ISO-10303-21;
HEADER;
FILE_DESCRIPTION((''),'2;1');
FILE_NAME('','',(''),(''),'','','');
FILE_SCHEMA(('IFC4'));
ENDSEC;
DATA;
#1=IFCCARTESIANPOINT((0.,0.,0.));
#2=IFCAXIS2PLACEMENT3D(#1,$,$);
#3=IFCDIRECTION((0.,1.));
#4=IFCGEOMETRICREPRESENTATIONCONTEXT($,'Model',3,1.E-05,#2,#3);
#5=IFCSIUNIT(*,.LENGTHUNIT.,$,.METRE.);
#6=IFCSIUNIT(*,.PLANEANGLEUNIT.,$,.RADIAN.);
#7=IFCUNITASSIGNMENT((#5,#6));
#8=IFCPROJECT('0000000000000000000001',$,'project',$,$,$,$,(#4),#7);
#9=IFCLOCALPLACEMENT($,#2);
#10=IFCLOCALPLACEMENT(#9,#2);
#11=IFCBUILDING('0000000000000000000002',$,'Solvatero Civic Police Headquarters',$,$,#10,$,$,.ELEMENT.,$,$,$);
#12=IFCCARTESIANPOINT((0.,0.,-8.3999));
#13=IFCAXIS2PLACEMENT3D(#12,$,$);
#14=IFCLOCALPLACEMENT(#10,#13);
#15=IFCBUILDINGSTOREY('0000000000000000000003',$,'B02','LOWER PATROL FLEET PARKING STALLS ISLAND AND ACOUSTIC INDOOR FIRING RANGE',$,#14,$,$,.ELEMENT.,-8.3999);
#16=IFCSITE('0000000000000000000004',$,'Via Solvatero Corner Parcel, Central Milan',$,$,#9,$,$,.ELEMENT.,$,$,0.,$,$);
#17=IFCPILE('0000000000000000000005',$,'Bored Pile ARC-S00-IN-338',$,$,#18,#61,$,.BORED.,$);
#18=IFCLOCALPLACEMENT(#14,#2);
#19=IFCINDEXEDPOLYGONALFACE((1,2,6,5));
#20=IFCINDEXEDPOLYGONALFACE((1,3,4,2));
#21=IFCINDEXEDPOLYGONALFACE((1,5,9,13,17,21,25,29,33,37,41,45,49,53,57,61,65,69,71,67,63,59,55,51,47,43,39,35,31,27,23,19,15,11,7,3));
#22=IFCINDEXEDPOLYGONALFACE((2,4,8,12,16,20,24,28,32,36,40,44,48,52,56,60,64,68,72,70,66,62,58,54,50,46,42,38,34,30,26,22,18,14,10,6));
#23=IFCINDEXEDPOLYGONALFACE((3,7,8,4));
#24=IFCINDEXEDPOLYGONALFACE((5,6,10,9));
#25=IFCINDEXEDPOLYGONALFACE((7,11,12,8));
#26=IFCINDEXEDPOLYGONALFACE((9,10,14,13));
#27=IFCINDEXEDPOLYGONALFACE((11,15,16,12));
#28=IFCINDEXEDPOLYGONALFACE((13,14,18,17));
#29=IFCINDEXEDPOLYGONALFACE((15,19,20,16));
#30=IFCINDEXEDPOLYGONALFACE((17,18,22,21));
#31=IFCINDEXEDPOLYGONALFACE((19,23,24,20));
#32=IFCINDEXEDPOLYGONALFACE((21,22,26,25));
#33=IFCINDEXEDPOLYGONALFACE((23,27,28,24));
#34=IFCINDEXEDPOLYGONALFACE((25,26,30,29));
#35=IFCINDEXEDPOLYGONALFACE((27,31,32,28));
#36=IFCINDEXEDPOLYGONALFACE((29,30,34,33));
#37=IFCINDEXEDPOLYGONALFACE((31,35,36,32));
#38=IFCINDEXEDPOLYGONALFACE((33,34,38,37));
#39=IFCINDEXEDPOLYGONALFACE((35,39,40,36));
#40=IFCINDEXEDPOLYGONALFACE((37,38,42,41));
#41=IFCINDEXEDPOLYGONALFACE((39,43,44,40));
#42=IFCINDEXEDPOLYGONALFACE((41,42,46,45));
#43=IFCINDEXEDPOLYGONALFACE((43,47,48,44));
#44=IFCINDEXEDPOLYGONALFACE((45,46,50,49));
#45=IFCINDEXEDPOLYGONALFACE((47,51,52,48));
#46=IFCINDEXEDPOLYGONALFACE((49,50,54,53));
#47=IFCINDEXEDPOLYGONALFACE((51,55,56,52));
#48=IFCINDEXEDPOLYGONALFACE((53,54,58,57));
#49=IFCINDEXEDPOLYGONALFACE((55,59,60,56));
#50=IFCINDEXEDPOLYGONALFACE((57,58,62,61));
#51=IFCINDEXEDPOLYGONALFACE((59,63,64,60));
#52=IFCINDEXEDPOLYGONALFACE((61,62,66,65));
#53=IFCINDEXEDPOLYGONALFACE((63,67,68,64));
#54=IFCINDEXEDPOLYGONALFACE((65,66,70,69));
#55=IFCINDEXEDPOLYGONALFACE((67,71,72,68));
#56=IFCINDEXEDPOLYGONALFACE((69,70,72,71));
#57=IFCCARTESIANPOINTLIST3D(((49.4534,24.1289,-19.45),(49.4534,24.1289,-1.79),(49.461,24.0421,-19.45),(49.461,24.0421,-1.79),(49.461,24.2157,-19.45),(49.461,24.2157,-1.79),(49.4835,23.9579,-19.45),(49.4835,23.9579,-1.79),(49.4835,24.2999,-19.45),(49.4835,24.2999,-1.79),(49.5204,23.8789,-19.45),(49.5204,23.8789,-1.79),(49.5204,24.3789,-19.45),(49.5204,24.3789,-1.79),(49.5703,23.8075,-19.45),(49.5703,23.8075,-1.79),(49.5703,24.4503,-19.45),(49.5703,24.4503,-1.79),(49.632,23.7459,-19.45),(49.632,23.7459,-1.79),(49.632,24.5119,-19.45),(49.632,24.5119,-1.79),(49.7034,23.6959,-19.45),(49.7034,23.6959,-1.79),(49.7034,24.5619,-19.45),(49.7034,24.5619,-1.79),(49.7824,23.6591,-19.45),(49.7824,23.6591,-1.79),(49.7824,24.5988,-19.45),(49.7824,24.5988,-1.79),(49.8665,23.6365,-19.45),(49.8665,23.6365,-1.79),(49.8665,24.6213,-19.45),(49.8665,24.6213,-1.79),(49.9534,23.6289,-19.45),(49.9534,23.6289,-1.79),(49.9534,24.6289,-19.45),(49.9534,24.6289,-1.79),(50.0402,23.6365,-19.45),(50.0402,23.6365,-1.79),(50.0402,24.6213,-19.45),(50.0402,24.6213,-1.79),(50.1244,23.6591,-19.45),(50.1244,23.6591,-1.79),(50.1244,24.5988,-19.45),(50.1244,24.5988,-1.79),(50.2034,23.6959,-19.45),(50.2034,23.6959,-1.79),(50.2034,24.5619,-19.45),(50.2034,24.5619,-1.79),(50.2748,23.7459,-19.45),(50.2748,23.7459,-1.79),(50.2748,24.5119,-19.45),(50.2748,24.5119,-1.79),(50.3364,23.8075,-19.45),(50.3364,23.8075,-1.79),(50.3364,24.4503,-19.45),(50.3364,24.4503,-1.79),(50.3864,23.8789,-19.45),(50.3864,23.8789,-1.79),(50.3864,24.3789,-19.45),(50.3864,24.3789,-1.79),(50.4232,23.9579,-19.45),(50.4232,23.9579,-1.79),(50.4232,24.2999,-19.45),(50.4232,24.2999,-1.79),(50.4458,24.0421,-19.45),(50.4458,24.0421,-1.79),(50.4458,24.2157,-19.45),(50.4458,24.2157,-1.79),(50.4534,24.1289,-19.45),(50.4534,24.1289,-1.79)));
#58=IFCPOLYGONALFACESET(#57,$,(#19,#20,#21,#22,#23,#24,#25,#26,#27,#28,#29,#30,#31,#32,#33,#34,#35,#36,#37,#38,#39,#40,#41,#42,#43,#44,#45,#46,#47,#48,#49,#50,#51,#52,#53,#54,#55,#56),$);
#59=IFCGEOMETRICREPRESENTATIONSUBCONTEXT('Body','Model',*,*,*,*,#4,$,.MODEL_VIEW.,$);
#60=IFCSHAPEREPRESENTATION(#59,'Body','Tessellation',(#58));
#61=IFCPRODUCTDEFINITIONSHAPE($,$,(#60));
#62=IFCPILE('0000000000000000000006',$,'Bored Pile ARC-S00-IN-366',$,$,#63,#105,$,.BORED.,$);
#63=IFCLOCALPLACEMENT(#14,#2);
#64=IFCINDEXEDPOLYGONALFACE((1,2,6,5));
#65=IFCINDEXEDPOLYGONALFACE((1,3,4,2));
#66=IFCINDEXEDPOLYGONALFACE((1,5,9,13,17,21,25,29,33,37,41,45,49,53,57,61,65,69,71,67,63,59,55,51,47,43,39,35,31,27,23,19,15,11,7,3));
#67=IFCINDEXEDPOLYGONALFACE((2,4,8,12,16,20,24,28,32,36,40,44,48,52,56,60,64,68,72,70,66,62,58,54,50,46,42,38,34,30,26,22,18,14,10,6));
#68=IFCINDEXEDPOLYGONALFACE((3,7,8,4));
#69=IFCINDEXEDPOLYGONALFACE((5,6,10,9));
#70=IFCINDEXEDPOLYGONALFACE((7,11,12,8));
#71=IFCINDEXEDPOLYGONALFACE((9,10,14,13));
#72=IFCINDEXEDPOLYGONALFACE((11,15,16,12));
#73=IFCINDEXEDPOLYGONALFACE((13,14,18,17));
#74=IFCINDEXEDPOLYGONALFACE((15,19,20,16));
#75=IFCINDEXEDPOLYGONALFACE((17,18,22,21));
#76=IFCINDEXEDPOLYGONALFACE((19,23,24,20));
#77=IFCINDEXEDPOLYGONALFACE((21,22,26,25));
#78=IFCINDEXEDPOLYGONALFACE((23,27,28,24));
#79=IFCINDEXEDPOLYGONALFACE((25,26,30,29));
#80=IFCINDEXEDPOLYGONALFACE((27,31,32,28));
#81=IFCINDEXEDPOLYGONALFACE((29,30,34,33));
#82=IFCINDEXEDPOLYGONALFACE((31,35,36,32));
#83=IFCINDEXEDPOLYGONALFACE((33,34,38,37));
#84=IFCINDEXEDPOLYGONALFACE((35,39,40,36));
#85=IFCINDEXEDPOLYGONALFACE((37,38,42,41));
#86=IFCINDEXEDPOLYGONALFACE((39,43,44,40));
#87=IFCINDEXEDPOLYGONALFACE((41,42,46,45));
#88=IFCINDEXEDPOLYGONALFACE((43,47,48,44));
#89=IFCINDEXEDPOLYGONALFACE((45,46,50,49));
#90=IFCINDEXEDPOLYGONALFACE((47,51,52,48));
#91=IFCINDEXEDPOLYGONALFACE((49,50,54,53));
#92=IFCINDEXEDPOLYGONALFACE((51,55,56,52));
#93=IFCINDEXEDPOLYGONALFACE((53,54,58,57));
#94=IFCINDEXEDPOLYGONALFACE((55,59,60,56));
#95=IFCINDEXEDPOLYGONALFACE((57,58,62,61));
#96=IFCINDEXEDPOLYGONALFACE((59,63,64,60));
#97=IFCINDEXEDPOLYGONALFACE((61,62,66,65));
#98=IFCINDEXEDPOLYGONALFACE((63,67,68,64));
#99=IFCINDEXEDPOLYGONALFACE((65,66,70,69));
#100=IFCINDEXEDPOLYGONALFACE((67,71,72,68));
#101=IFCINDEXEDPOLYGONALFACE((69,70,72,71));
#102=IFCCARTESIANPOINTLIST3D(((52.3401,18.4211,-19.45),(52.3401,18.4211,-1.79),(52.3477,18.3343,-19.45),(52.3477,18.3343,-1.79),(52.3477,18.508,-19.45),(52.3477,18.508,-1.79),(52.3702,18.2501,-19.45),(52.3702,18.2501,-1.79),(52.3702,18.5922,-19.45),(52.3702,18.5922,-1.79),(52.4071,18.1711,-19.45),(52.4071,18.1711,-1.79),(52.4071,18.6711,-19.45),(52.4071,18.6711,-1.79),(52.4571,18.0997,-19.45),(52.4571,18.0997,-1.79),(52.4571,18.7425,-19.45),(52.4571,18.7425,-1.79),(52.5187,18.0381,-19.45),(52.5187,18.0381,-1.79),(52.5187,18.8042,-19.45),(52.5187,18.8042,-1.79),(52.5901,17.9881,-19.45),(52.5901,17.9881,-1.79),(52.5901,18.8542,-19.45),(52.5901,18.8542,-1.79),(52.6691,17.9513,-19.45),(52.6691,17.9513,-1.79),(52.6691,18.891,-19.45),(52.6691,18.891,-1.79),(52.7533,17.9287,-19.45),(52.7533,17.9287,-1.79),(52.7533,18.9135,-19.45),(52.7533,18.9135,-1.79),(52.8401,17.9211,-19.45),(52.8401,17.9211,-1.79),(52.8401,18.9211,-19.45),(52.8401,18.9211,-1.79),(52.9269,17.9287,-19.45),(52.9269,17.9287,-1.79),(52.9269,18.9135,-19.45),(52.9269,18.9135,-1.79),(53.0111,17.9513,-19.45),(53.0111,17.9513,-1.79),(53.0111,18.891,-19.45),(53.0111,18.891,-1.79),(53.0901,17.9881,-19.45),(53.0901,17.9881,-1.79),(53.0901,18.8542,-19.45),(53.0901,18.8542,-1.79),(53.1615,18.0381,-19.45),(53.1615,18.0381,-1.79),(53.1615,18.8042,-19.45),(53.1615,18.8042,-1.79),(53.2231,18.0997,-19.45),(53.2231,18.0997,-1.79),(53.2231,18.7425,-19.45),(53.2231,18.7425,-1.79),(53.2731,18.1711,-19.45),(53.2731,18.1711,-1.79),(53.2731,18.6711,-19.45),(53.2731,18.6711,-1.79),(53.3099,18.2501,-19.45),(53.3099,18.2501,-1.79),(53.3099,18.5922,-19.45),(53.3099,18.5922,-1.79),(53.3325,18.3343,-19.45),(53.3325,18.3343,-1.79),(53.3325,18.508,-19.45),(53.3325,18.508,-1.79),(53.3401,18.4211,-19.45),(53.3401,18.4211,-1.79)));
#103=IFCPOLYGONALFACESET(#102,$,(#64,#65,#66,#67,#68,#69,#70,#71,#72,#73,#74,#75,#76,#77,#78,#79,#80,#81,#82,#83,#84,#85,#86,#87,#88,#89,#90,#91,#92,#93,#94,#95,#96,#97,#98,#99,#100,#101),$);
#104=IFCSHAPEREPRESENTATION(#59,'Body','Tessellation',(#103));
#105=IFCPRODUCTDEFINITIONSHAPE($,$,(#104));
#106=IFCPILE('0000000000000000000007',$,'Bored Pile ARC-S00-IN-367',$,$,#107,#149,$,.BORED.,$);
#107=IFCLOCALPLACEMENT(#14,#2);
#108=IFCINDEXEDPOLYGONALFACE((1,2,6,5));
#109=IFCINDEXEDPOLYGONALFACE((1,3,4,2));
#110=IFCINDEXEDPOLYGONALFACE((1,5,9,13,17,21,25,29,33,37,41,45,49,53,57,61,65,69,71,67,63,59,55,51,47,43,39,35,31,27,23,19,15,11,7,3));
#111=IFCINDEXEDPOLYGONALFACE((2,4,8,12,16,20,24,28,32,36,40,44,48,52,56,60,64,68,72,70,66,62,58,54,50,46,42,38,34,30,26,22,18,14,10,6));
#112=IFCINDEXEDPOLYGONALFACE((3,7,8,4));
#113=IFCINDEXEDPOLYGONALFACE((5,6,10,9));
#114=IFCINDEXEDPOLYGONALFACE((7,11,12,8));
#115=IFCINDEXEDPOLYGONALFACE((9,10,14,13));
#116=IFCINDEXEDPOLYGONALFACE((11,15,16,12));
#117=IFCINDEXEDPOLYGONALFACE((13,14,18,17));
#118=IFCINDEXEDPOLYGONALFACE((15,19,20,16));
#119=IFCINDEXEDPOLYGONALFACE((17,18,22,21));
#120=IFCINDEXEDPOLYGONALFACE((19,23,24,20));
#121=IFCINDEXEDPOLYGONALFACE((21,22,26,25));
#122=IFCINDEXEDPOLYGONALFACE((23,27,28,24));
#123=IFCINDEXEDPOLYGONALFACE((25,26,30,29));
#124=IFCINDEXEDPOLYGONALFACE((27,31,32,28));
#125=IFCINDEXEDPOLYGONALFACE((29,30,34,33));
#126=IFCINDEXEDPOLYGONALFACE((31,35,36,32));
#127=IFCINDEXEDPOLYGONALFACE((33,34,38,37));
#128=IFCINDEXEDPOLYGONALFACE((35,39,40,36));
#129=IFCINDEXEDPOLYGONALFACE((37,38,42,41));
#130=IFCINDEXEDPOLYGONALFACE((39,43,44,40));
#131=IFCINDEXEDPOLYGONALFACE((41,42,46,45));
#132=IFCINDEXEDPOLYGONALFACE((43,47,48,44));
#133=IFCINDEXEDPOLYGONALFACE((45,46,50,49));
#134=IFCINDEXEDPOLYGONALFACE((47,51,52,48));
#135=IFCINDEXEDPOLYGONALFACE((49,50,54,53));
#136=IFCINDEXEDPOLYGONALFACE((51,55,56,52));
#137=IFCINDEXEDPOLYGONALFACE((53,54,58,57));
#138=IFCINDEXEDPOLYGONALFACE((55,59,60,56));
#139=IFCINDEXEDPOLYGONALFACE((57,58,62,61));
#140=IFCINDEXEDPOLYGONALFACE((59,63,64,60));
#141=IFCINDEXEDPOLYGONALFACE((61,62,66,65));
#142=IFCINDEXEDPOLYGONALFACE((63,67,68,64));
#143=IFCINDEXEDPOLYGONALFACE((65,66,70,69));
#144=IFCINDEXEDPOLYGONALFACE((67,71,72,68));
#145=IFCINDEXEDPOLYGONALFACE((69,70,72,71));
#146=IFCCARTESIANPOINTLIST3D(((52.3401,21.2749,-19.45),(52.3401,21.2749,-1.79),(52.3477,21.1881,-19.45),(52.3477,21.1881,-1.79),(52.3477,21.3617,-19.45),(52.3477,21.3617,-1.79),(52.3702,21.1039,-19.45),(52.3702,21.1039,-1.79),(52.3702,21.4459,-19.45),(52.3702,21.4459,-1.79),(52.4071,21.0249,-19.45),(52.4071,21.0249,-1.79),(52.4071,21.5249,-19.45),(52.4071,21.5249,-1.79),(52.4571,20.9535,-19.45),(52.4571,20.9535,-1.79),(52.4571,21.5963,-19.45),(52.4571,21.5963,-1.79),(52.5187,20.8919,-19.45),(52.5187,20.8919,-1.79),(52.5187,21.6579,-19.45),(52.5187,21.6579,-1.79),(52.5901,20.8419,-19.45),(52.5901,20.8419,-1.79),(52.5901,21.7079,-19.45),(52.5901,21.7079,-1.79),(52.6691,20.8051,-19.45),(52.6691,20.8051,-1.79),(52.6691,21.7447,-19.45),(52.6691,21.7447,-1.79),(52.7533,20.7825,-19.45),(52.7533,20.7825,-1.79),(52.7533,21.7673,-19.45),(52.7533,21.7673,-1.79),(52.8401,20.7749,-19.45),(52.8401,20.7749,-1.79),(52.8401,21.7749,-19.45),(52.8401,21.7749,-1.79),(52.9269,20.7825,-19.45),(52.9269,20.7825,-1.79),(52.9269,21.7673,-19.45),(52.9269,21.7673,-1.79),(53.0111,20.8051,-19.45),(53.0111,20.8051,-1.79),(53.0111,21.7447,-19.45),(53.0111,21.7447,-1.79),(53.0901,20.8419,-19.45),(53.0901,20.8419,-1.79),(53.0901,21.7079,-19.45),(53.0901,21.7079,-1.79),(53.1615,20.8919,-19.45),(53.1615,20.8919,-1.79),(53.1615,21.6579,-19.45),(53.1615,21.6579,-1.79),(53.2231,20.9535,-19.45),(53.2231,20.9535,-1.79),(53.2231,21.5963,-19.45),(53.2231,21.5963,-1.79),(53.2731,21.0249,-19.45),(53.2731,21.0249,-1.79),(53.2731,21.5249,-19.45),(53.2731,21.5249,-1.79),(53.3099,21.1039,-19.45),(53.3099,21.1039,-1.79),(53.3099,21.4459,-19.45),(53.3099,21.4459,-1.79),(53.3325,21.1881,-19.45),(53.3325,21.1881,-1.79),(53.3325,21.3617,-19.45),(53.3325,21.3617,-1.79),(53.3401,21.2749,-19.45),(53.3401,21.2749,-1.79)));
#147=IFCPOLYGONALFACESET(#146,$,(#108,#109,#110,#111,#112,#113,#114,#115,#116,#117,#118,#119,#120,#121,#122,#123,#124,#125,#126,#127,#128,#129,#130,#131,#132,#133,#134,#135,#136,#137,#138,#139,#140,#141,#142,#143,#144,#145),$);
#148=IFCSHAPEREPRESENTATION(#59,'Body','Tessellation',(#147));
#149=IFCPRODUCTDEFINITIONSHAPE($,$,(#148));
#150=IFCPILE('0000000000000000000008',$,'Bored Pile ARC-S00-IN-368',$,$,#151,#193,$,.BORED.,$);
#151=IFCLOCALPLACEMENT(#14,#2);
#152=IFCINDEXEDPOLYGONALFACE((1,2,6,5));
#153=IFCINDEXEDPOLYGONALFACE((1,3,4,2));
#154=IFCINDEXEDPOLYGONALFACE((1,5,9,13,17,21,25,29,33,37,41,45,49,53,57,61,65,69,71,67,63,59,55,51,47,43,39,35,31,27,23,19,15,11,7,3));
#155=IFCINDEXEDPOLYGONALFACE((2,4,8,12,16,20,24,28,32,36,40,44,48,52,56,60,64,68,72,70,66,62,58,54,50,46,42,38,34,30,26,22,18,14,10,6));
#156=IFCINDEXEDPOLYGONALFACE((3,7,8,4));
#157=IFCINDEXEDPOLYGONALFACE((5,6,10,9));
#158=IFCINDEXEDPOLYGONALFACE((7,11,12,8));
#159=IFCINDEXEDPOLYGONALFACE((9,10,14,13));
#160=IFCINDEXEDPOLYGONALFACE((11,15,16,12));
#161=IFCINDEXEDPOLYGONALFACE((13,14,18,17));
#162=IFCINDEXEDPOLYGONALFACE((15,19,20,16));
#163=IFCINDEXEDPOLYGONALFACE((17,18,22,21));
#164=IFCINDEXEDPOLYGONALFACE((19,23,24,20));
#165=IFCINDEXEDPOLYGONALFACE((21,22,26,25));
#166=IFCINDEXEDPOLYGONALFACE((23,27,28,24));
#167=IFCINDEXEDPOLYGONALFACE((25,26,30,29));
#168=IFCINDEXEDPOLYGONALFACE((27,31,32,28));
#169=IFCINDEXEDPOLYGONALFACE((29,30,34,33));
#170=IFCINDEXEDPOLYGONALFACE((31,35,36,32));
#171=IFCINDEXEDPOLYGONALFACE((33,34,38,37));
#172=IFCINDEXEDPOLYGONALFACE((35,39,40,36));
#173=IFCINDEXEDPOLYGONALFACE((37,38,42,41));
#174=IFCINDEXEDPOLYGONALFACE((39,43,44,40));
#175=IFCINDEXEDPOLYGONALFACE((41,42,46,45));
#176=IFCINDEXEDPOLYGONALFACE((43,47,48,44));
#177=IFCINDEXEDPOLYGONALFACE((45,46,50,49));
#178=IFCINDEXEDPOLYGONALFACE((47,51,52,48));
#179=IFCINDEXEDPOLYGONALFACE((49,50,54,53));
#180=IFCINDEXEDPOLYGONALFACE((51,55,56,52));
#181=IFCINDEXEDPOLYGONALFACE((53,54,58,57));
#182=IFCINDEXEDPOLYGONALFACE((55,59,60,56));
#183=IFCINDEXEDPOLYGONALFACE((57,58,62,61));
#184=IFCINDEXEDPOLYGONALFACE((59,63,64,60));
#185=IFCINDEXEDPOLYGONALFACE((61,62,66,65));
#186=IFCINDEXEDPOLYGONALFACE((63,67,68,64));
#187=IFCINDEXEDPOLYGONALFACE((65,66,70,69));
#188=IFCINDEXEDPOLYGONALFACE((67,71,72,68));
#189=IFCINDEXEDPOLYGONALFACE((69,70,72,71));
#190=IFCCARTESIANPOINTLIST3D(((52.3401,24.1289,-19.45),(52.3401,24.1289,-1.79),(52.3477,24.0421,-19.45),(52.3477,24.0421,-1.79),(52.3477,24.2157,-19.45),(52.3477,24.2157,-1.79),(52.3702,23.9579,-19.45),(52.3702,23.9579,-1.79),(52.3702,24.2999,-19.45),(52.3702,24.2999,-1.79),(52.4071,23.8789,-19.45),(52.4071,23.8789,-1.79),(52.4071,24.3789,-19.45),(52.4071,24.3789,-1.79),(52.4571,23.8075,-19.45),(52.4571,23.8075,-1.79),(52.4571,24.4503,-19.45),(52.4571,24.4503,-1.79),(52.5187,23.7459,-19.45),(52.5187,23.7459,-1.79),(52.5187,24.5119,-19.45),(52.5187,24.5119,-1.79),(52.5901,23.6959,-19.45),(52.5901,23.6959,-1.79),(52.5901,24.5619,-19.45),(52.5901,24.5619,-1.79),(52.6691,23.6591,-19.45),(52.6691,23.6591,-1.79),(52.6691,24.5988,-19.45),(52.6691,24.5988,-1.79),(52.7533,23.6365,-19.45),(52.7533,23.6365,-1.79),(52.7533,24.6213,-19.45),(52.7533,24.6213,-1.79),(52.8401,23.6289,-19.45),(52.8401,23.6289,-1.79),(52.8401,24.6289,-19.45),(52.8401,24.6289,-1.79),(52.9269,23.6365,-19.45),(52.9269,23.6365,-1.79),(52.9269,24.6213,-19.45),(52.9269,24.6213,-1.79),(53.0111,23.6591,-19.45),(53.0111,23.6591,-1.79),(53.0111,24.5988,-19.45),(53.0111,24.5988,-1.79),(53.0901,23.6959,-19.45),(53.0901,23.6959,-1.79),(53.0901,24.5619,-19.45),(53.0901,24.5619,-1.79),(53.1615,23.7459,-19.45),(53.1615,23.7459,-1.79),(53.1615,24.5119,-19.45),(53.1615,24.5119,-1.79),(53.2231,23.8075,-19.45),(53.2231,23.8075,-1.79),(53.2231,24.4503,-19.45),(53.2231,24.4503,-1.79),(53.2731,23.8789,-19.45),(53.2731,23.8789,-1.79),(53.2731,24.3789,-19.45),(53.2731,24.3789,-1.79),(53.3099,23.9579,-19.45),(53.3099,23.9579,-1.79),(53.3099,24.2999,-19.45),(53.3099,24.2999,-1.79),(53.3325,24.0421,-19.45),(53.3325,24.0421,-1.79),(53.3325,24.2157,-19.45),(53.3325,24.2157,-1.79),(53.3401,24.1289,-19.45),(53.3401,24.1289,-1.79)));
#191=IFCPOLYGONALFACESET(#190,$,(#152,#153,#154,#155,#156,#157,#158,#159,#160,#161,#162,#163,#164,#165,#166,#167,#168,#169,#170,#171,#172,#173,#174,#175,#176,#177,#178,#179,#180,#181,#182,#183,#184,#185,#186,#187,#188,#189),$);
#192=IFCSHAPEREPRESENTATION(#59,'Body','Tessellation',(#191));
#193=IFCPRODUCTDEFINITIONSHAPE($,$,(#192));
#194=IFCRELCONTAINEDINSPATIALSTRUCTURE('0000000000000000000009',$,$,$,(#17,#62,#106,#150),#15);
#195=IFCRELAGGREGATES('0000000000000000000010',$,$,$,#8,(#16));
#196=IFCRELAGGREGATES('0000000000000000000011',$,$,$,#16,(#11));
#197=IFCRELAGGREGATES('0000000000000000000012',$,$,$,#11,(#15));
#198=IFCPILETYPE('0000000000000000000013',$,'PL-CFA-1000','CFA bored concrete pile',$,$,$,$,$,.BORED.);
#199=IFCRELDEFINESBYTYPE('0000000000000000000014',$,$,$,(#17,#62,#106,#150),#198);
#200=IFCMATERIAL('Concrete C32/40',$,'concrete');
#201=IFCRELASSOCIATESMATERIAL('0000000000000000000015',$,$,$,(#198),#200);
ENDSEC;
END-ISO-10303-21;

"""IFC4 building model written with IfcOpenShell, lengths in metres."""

from ifc_helpers import new_model, si_unit, direction, frame, origin, origin_2d, place, context, subcontext, project, spatial, circle, extrude, material, material_profile, profile_set, type_object, element, save


model = new_model("IFC4")

# Units and contexts
model_context = context("Model", 3, precision=1e-05, world=origin(), true_north=direction((0.0, 1.0)))
body_context = subcontext(model_context, "Body", "Model", "MODEL_VIEW")
ifc_project = project(units=[si_unit("LENGTHUNIT", "METRE"), si_unit("PLANEANGLEUNIT", "RADIAN")], contexts=[model_context])

# Site, building, storey
site_placement = place(None, origin())
site = spatial("IfcSite", under=ifc_project, at=site_placement, Name="Via Solvatero Corner Parcel, Central Milan", CompositionType="ELEMENT", RefElevation=0.0)
building_placement = place(site_placement, origin())
building = spatial("IfcBuilding", under=site, at=building_placement, Name="Solvatero Civic Police Headquarters", CompositionType="ELEMENT")
storey_placement = place(building_placement, frame((0.0, 0.0, -8.3999)))
storey = spatial("IfcBuildingStorey", under=building, at=storey_placement, Name="B02", Description="LOWER PATROL FLEET PARKING STALLS ISLAND AND ACOUSTIC INDOOR FIRING RANGE", CompositionType="ELEMENT", Elevation=-8.3999)

# Piles
ifc_material_1 = material(Name="Concrete C32/40", Category="concrete")
ifc_material_profile_1 = material_profile(ifc_material_1, circle(Radius=0.5, at=origin_2d()), Name="CFA PILE D1000")
ifc_profile_set_1 = profile_set([ifc_material_profile_1], Name="Concrete C32/40")
pile_type = type_object("IfcPileType", Name="PL-CFA-1000", Description="CFA bored concrete pile", PredefinedType="BORED", material=ifc_profile_set_1)
for number, where, z_axis, x_axis, name in (
    (1, (49.9534, 24.1289, -1.79), (0.0, 0.0, -1.0), (1.0, 0.0, 0.0), "Bored Pile ARC-S00-IN-338"),
    (2, (52.8401, 18.4211, -1.79), (0.0, 0.0, -1.0), (1.0, 0.0, 0.0), "Bored Pile ARC-S00-IN-366"),
    (3, (52.8401, 21.2749, -1.79), (0.0, 0.0, -1.0), (1.0, 0.0, 0.0), "Bored Pile ARC-S00-IN-367"),
    (4, (52.8401, 24.1289, -1.79), (0.0, 0.0, -1.0), (1.0, 0.0, 0.0), "Bored Pile ARC-S00-IN-368"),
):
    element("IfcPile", number, at=place(storey_placement, frame(where, z_axis=z_axis, x_axis=x_axis)), inside=storey, type_object=pile_type, Name=name, PredefinedType="BORED", context=body_context, shape_type="SweptSolid", body=[
        extrude(circle(Radius=0.5, at=origin_2d()), origin(), (0.0, 0.0, 1.0), 17.6599),
    ])

save(model, "model.ifc")
